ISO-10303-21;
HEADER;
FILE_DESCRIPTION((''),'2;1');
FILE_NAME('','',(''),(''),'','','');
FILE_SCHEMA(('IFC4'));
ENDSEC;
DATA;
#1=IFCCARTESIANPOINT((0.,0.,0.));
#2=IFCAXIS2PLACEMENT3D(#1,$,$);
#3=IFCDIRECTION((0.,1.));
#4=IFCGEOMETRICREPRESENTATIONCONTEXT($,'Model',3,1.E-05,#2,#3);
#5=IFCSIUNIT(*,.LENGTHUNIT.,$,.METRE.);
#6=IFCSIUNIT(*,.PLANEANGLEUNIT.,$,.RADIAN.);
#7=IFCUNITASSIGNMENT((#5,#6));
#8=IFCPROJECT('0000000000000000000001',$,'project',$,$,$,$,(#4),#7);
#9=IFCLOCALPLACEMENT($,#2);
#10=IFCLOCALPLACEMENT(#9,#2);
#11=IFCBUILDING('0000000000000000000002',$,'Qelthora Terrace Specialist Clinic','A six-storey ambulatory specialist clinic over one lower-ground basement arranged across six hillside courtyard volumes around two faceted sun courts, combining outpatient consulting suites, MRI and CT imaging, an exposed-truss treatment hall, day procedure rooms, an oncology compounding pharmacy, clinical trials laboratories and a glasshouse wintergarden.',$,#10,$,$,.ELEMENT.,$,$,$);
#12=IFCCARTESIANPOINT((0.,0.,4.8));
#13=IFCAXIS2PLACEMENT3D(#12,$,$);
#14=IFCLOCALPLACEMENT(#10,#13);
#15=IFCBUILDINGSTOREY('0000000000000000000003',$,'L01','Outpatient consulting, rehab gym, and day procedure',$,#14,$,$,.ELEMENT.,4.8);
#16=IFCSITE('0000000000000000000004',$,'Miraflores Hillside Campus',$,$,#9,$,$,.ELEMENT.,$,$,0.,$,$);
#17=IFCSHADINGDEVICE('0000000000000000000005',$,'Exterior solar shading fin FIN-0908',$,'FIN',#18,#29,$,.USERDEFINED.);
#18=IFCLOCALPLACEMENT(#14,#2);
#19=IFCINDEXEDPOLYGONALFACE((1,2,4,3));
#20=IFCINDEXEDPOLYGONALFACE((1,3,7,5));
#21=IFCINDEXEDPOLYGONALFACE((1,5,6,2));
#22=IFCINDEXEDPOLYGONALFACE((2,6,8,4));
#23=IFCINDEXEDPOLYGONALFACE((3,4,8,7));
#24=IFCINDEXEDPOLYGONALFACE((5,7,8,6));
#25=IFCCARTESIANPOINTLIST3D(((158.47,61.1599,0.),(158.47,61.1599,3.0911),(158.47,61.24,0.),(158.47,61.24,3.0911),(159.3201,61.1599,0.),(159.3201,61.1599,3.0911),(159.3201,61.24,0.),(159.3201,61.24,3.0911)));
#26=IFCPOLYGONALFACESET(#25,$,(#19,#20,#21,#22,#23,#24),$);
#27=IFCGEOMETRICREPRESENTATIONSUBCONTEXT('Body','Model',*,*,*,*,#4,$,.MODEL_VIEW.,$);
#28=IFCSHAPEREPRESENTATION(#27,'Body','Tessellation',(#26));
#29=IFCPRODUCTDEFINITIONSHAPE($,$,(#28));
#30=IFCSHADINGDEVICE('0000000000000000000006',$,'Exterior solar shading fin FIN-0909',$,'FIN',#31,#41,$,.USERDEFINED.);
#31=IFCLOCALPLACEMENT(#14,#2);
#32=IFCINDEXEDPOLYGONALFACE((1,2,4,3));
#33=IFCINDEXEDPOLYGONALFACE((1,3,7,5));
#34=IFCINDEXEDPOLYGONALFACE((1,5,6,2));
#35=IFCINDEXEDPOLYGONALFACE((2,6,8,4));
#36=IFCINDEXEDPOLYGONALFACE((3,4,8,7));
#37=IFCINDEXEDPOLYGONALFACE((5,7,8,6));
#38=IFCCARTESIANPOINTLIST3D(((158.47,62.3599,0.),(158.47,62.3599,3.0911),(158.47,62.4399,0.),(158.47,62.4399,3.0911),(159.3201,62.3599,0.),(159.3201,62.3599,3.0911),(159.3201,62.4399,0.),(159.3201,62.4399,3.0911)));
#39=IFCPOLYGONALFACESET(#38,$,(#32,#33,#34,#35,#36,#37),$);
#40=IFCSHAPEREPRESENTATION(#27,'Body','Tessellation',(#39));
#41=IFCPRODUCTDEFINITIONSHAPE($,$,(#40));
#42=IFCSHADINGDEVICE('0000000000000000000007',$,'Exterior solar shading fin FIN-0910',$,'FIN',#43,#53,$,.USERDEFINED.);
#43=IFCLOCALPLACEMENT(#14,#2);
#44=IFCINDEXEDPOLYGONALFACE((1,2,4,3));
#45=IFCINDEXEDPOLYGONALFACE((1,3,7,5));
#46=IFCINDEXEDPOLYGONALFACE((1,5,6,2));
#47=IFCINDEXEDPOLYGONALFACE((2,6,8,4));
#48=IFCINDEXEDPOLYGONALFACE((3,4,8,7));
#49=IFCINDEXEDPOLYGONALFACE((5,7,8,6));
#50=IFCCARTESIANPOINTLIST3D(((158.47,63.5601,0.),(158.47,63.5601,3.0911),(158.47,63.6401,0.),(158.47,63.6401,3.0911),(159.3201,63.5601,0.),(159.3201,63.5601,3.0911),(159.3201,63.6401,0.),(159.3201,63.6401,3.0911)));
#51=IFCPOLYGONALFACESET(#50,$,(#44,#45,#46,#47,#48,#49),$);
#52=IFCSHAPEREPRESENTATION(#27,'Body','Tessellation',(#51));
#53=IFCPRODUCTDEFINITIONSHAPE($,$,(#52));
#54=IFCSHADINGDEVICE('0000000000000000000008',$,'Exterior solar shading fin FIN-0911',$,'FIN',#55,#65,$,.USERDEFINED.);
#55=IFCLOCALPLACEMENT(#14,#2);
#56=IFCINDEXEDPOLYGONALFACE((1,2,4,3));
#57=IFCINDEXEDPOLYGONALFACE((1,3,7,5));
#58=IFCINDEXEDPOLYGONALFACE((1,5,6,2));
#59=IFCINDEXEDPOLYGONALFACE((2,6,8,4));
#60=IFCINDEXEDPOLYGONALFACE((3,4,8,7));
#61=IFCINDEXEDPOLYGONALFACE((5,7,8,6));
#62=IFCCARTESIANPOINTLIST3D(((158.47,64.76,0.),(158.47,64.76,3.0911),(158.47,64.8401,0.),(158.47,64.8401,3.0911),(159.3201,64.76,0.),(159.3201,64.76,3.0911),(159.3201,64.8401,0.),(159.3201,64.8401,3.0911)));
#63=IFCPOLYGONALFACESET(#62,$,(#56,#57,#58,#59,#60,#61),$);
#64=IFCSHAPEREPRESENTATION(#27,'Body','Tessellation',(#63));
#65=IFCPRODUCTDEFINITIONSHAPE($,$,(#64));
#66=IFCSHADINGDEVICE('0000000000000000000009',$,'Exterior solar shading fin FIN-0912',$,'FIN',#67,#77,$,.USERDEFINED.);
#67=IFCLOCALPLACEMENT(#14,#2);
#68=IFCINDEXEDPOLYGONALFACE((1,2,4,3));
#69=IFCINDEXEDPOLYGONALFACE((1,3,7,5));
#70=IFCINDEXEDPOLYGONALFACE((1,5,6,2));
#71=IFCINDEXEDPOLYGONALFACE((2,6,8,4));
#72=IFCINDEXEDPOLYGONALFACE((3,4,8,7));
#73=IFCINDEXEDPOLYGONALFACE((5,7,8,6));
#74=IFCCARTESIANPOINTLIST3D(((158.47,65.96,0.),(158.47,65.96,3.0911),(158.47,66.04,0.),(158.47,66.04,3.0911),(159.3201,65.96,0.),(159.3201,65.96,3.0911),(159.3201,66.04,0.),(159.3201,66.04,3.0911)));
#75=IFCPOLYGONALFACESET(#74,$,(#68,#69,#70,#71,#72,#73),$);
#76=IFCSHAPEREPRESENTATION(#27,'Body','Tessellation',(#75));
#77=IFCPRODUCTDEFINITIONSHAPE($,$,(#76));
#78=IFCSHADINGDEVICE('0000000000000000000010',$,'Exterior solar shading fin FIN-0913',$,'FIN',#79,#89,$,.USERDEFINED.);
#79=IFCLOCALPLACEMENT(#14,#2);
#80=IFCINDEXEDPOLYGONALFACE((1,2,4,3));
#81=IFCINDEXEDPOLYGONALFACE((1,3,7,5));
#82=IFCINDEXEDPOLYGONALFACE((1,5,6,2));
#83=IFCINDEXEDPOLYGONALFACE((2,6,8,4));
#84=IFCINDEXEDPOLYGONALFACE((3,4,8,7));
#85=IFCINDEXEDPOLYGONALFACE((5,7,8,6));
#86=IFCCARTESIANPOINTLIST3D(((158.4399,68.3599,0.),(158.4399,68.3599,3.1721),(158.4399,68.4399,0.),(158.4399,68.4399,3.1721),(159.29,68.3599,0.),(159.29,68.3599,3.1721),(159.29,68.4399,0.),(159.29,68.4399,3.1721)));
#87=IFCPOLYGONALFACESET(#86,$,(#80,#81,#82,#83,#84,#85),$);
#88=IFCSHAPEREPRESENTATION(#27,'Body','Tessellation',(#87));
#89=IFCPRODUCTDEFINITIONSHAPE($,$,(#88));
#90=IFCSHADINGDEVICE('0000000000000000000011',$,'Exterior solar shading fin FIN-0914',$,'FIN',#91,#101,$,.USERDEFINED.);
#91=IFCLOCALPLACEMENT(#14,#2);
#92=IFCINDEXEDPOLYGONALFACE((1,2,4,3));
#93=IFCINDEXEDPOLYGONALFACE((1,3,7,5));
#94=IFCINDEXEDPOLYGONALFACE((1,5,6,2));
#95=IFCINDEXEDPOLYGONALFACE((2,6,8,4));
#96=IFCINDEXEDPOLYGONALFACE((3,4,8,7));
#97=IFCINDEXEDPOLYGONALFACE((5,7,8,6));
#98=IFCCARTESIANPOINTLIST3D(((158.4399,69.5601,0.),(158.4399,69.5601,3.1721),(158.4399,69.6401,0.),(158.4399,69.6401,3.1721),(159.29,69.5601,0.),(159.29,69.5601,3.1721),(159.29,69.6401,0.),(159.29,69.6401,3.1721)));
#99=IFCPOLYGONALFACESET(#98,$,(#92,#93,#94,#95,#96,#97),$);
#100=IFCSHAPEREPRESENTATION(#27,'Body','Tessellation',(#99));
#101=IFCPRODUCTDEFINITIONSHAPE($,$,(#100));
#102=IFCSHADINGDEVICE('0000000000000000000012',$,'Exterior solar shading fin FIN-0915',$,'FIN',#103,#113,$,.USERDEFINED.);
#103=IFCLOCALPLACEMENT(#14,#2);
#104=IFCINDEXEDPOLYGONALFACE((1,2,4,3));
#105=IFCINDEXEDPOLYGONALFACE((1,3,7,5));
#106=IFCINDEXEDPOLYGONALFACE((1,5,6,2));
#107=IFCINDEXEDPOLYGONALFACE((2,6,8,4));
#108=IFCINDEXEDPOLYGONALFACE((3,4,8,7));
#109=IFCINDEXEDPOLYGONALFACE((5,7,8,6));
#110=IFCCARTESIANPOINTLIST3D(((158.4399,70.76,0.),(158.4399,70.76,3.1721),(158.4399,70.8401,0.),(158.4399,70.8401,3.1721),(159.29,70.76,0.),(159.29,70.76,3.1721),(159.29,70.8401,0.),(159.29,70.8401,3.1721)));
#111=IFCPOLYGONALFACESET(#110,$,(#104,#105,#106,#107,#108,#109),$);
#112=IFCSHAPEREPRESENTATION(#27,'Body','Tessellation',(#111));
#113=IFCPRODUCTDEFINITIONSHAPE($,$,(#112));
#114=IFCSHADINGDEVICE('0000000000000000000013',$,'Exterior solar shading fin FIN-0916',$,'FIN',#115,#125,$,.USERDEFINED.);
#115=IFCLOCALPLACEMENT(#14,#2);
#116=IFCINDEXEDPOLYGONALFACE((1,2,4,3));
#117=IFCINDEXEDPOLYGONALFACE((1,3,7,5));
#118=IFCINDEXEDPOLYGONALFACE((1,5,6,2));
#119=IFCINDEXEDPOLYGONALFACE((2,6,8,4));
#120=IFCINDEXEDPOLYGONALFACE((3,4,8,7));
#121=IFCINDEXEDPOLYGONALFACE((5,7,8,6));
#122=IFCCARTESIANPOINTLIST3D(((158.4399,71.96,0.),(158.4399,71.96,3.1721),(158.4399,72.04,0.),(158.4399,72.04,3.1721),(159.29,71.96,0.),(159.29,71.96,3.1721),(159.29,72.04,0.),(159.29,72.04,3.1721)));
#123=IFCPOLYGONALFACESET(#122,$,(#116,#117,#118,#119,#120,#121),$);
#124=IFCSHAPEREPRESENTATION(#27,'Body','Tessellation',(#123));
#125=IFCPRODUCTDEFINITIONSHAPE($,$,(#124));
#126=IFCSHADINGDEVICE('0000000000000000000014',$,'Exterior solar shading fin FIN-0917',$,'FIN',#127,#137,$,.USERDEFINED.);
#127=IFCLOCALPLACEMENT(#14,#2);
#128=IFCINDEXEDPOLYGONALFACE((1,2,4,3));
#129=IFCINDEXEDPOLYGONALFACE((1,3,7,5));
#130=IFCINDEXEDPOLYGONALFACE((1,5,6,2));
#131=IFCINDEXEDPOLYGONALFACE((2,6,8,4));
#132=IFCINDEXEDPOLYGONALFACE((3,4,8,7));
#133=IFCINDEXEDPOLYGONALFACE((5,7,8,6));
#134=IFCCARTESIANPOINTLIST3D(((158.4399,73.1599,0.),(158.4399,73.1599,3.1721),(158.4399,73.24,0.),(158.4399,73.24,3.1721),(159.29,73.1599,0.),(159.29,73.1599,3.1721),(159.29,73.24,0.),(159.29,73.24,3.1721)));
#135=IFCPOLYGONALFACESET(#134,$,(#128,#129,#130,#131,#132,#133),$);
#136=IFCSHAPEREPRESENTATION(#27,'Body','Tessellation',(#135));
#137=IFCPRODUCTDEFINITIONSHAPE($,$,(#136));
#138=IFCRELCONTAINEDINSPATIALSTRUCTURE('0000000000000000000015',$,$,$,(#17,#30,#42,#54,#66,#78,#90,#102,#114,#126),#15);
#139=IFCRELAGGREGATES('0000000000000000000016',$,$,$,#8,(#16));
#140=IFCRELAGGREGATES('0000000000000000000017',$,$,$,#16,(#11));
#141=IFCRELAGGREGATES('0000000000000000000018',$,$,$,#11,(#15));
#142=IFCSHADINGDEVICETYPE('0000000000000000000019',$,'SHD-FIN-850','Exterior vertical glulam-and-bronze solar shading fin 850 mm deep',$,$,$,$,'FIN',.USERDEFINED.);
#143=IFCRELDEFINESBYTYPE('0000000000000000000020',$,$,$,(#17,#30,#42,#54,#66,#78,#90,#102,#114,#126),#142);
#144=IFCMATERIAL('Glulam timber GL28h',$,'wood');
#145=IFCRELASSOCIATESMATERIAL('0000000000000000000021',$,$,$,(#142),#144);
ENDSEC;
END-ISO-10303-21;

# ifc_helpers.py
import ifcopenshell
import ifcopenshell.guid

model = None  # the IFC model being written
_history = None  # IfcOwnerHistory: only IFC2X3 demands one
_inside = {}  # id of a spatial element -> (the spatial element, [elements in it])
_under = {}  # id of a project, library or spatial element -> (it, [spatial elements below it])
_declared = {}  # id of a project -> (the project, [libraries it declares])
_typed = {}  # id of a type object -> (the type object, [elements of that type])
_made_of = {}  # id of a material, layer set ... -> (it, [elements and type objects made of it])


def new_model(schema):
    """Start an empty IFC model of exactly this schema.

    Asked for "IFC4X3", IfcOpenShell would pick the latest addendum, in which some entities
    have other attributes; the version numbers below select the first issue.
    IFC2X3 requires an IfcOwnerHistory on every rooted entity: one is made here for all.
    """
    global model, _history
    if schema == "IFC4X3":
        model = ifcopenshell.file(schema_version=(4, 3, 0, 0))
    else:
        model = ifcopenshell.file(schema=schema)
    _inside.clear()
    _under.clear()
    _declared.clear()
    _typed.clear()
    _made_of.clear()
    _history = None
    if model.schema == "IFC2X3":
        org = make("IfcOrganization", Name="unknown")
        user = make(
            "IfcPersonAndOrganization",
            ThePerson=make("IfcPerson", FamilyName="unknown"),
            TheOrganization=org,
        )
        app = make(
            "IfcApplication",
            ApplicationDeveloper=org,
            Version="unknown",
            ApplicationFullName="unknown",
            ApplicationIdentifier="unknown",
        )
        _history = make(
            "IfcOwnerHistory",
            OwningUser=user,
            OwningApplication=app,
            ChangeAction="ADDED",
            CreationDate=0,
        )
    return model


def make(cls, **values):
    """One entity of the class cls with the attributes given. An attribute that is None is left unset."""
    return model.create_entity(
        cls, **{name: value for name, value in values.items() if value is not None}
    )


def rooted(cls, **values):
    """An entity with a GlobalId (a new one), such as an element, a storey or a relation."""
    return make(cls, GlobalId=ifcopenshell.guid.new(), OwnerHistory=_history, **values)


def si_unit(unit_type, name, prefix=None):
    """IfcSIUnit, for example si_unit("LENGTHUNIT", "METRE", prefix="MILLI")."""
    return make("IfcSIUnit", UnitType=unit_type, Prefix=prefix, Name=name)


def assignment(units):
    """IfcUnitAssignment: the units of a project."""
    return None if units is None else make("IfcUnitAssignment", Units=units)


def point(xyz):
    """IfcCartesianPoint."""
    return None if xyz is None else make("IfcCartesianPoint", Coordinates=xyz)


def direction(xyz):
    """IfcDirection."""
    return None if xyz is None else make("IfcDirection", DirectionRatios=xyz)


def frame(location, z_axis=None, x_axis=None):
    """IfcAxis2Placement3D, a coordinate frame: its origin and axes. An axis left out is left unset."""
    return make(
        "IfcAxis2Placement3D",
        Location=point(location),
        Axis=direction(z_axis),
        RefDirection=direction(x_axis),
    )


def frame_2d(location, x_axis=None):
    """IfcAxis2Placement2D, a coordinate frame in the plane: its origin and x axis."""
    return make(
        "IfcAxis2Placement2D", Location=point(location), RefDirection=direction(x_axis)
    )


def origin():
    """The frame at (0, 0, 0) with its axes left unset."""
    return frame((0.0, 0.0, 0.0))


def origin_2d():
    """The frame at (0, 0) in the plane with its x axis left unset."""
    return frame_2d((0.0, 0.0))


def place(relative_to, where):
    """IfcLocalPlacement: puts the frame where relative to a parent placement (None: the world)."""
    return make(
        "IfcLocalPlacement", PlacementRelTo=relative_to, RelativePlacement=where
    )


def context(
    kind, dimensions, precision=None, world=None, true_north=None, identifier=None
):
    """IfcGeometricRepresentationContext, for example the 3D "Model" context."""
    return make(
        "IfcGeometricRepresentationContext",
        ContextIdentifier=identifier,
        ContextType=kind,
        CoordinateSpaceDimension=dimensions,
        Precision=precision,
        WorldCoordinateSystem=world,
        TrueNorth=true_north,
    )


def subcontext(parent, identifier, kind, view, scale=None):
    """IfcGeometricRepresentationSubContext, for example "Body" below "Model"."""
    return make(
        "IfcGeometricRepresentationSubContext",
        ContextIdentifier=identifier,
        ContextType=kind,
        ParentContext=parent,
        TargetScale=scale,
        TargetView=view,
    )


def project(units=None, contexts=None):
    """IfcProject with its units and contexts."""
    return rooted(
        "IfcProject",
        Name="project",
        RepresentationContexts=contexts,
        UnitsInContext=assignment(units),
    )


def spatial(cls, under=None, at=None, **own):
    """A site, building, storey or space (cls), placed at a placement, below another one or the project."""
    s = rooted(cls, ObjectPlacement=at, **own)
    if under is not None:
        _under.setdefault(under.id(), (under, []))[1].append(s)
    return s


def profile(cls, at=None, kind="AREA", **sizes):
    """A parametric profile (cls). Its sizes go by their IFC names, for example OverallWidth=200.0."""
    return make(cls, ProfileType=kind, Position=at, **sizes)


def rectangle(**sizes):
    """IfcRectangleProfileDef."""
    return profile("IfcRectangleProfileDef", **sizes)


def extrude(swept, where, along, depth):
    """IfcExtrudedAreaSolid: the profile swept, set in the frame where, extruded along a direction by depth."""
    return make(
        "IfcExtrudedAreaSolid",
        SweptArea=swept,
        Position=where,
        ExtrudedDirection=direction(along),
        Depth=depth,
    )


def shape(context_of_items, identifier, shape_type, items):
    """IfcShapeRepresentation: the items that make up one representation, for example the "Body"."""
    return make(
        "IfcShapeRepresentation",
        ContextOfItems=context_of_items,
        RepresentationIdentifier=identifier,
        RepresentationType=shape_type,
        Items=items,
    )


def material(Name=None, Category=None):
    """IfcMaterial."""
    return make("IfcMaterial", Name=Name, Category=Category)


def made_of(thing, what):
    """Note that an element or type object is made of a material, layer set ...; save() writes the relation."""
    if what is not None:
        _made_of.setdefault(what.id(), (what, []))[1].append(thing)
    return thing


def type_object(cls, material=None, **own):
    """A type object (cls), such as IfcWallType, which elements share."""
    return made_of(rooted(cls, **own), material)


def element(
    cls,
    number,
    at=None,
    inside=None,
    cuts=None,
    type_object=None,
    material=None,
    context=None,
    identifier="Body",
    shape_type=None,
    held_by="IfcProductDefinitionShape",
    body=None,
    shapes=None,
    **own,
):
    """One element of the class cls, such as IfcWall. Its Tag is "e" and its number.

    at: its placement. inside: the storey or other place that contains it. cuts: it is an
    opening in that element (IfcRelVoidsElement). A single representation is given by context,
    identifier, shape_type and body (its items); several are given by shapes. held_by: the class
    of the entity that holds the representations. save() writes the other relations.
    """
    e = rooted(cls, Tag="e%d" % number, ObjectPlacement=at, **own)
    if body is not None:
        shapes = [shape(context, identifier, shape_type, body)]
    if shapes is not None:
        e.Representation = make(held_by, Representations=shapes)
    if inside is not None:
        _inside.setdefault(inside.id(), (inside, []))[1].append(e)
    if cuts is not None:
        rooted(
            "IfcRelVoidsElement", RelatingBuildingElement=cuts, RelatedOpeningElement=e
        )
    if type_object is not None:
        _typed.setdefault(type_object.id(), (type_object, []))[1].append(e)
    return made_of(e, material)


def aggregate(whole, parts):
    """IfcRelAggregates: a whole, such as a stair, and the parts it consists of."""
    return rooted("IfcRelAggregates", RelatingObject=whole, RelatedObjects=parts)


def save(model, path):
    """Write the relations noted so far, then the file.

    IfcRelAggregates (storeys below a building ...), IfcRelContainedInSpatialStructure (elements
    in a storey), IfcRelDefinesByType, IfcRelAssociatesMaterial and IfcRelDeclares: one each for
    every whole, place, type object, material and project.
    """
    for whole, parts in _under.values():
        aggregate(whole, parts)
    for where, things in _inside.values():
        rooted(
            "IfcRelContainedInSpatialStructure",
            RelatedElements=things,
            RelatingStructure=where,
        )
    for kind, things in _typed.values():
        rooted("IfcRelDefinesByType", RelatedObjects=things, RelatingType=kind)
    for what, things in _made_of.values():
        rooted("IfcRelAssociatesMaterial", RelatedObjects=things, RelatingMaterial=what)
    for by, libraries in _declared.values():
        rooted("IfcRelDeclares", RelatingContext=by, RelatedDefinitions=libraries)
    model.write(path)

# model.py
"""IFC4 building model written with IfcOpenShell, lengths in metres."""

from ifc_helpers import new_model, si_unit, direction, frame, origin, origin_2d, place, context, subcontext, project, spatial, rectangle, extrude, material, type_object, element, save


model = new_model("IFC4")

# Units and contexts
model_context = context("Model", 3, precision=1e-05, world=origin(), true_north=direction((0.0, 1.0)))
body_context = subcontext(model_context, "Body", "Model", "MODEL_VIEW")
ifc_project = project(units=[si_unit("LENGTHUNIT", "METRE"), si_unit("PLANEANGLEUNIT", "RADIAN")], contexts=[model_context])

# Site, building, storey
site_placement = place(None, origin())
site = spatial("IfcSite", under=ifc_project, at=site_placement, Name="Miraflores Hillside Campus", CompositionType="ELEMENT", RefElevation=0.0)
building_placement = place(site_placement, origin())
building = spatial("IfcBuilding", under=site, at=building_placement, Name="Qelthora Terrace Specialist Clinic", Description="A six-storey ambulatory specialist clinic over one lower-ground basement arranged across six hillside courtyard volumes around two faceted sun courts, combining outpatient consulting suites, MRI and CT imaging, an exposed-truss treatment hall, day procedure rooms, an oncology compounding pharmacy, clinical trials laboratories and a glasshouse wintergarden.", CompositionType="ELEMENT")
storey_placement = place(building_placement, frame((0.0, 0.0, 4.8)))
storey = spatial("IfcBuildingStorey", under=building, at=storey_placement, Name="L01", Description="Outpatient consulting, rehab gym, and day procedure", CompositionType="ELEMENT", Elevation=4.8)

# Shading devices
ifc_material_1 = material(Name="Glulam timber GL28h", Category="wood")
shading_device_type = type_object("IfcShadingDeviceType", Name="SHD-FIN-850", Description="Exterior vertical glulam-and-bronze solar shading fin 850 mm deep", ElementType="FIN", PredefinedType="USERDEFINED", material=ifc_material_1)
for number, where, z_axis, x_axis, name in (
    (1, (158.895, 61.2, 0.0), (0.0, 0.0, 1.0), (1.0, 0.0, 0.0), "Exterior solar shading fin FIN-0908"),
    (2, (158.895, 62.3999, 0.0), (0.0, 0.0, 1.0), (1.0, 0.0, 0.0), "Exterior solar shading fin FIN-0909"),
    (3, (158.895, 63.6001, 0.0), (0.0, 0.0, 1.0), (1.0, 0.0, 0.0), "Exterior solar shading fin FIN-0910"),
    (4, (158.895, 64.8, 0.0), (0.0, 0.0, 1.0), (1.0, 0.0, 0.0), "Exterior solar shading fin FIN-0911"),
    (5, (158.895, 66.0, 0.0), (0.0, 0.0, 1.0), (1.0, 0.0, 0.0), "Exterior solar shading fin FIN-0912"),
):
    element("IfcShadingDevice", number, at=place(storey_placement, frame(where, z_axis=z_axis, x_axis=x_axis)), inside=storey, type_object=shading_device_type, Name=name, ObjectType="FIN", PredefinedType="USERDEFINED", context=body_context, shape_type="SweptSolid", body=[
        extrude(rectangle(XDim=0.8501, YDim=0.0801, at=origin_2d()), origin(), (0.0, 0.0, 1.0), 3.0911),
    ])
for number, where, z_axis, x_axis, name in (
    (6, (158.865, 68.3999, 0.0), (0.0, 0.0, 1.0), (1.0, 0.0, 0.0), "Exterior solar shading fin FIN-0913"),
    (7, (158.865, 69.6001, 0.0), (0.0, 0.0, 1.0), (1.0, 0.0, 0.0), "Exterior solar shading fin FIN-0914"),
    (8, (158.865, 70.8, 0.0), (0.0, 0.0, 1.0), (1.0, 0.0, 0.0), "Exterior solar shading fin FIN-0915"),
    (9, (158.865, 72.0, 0.0), (0.0, 0.0, 1.0), (1.0, 0.0, 0.0), "Exterior solar shading fin FIN-0916"),
    (10, (158.865, 73.2, 0.0), (0.0, 0.0, 1.0), (1.0, 0.0, 0.0), "Exterior solar shading fin FIN-0917"),
):
    element("IfcShadingDevice", number, at=place(storey_placement, frame(where, z_axis=z_axis, x_axis=x_axis)), inside=storey, type_object=shading_device_type, Name=name, ObjectType="FIN", PredefinedType="USERDEFINED", context=body_context, shape_type="SweptSolid", body=[
        extrude(rectangle(XDim=0.8501, YDim=0.0801, at=origin_2d()), origin(), (0.0, 0.0, 1.0), 3.1721),
    ])

save(model, "model.ifc")
